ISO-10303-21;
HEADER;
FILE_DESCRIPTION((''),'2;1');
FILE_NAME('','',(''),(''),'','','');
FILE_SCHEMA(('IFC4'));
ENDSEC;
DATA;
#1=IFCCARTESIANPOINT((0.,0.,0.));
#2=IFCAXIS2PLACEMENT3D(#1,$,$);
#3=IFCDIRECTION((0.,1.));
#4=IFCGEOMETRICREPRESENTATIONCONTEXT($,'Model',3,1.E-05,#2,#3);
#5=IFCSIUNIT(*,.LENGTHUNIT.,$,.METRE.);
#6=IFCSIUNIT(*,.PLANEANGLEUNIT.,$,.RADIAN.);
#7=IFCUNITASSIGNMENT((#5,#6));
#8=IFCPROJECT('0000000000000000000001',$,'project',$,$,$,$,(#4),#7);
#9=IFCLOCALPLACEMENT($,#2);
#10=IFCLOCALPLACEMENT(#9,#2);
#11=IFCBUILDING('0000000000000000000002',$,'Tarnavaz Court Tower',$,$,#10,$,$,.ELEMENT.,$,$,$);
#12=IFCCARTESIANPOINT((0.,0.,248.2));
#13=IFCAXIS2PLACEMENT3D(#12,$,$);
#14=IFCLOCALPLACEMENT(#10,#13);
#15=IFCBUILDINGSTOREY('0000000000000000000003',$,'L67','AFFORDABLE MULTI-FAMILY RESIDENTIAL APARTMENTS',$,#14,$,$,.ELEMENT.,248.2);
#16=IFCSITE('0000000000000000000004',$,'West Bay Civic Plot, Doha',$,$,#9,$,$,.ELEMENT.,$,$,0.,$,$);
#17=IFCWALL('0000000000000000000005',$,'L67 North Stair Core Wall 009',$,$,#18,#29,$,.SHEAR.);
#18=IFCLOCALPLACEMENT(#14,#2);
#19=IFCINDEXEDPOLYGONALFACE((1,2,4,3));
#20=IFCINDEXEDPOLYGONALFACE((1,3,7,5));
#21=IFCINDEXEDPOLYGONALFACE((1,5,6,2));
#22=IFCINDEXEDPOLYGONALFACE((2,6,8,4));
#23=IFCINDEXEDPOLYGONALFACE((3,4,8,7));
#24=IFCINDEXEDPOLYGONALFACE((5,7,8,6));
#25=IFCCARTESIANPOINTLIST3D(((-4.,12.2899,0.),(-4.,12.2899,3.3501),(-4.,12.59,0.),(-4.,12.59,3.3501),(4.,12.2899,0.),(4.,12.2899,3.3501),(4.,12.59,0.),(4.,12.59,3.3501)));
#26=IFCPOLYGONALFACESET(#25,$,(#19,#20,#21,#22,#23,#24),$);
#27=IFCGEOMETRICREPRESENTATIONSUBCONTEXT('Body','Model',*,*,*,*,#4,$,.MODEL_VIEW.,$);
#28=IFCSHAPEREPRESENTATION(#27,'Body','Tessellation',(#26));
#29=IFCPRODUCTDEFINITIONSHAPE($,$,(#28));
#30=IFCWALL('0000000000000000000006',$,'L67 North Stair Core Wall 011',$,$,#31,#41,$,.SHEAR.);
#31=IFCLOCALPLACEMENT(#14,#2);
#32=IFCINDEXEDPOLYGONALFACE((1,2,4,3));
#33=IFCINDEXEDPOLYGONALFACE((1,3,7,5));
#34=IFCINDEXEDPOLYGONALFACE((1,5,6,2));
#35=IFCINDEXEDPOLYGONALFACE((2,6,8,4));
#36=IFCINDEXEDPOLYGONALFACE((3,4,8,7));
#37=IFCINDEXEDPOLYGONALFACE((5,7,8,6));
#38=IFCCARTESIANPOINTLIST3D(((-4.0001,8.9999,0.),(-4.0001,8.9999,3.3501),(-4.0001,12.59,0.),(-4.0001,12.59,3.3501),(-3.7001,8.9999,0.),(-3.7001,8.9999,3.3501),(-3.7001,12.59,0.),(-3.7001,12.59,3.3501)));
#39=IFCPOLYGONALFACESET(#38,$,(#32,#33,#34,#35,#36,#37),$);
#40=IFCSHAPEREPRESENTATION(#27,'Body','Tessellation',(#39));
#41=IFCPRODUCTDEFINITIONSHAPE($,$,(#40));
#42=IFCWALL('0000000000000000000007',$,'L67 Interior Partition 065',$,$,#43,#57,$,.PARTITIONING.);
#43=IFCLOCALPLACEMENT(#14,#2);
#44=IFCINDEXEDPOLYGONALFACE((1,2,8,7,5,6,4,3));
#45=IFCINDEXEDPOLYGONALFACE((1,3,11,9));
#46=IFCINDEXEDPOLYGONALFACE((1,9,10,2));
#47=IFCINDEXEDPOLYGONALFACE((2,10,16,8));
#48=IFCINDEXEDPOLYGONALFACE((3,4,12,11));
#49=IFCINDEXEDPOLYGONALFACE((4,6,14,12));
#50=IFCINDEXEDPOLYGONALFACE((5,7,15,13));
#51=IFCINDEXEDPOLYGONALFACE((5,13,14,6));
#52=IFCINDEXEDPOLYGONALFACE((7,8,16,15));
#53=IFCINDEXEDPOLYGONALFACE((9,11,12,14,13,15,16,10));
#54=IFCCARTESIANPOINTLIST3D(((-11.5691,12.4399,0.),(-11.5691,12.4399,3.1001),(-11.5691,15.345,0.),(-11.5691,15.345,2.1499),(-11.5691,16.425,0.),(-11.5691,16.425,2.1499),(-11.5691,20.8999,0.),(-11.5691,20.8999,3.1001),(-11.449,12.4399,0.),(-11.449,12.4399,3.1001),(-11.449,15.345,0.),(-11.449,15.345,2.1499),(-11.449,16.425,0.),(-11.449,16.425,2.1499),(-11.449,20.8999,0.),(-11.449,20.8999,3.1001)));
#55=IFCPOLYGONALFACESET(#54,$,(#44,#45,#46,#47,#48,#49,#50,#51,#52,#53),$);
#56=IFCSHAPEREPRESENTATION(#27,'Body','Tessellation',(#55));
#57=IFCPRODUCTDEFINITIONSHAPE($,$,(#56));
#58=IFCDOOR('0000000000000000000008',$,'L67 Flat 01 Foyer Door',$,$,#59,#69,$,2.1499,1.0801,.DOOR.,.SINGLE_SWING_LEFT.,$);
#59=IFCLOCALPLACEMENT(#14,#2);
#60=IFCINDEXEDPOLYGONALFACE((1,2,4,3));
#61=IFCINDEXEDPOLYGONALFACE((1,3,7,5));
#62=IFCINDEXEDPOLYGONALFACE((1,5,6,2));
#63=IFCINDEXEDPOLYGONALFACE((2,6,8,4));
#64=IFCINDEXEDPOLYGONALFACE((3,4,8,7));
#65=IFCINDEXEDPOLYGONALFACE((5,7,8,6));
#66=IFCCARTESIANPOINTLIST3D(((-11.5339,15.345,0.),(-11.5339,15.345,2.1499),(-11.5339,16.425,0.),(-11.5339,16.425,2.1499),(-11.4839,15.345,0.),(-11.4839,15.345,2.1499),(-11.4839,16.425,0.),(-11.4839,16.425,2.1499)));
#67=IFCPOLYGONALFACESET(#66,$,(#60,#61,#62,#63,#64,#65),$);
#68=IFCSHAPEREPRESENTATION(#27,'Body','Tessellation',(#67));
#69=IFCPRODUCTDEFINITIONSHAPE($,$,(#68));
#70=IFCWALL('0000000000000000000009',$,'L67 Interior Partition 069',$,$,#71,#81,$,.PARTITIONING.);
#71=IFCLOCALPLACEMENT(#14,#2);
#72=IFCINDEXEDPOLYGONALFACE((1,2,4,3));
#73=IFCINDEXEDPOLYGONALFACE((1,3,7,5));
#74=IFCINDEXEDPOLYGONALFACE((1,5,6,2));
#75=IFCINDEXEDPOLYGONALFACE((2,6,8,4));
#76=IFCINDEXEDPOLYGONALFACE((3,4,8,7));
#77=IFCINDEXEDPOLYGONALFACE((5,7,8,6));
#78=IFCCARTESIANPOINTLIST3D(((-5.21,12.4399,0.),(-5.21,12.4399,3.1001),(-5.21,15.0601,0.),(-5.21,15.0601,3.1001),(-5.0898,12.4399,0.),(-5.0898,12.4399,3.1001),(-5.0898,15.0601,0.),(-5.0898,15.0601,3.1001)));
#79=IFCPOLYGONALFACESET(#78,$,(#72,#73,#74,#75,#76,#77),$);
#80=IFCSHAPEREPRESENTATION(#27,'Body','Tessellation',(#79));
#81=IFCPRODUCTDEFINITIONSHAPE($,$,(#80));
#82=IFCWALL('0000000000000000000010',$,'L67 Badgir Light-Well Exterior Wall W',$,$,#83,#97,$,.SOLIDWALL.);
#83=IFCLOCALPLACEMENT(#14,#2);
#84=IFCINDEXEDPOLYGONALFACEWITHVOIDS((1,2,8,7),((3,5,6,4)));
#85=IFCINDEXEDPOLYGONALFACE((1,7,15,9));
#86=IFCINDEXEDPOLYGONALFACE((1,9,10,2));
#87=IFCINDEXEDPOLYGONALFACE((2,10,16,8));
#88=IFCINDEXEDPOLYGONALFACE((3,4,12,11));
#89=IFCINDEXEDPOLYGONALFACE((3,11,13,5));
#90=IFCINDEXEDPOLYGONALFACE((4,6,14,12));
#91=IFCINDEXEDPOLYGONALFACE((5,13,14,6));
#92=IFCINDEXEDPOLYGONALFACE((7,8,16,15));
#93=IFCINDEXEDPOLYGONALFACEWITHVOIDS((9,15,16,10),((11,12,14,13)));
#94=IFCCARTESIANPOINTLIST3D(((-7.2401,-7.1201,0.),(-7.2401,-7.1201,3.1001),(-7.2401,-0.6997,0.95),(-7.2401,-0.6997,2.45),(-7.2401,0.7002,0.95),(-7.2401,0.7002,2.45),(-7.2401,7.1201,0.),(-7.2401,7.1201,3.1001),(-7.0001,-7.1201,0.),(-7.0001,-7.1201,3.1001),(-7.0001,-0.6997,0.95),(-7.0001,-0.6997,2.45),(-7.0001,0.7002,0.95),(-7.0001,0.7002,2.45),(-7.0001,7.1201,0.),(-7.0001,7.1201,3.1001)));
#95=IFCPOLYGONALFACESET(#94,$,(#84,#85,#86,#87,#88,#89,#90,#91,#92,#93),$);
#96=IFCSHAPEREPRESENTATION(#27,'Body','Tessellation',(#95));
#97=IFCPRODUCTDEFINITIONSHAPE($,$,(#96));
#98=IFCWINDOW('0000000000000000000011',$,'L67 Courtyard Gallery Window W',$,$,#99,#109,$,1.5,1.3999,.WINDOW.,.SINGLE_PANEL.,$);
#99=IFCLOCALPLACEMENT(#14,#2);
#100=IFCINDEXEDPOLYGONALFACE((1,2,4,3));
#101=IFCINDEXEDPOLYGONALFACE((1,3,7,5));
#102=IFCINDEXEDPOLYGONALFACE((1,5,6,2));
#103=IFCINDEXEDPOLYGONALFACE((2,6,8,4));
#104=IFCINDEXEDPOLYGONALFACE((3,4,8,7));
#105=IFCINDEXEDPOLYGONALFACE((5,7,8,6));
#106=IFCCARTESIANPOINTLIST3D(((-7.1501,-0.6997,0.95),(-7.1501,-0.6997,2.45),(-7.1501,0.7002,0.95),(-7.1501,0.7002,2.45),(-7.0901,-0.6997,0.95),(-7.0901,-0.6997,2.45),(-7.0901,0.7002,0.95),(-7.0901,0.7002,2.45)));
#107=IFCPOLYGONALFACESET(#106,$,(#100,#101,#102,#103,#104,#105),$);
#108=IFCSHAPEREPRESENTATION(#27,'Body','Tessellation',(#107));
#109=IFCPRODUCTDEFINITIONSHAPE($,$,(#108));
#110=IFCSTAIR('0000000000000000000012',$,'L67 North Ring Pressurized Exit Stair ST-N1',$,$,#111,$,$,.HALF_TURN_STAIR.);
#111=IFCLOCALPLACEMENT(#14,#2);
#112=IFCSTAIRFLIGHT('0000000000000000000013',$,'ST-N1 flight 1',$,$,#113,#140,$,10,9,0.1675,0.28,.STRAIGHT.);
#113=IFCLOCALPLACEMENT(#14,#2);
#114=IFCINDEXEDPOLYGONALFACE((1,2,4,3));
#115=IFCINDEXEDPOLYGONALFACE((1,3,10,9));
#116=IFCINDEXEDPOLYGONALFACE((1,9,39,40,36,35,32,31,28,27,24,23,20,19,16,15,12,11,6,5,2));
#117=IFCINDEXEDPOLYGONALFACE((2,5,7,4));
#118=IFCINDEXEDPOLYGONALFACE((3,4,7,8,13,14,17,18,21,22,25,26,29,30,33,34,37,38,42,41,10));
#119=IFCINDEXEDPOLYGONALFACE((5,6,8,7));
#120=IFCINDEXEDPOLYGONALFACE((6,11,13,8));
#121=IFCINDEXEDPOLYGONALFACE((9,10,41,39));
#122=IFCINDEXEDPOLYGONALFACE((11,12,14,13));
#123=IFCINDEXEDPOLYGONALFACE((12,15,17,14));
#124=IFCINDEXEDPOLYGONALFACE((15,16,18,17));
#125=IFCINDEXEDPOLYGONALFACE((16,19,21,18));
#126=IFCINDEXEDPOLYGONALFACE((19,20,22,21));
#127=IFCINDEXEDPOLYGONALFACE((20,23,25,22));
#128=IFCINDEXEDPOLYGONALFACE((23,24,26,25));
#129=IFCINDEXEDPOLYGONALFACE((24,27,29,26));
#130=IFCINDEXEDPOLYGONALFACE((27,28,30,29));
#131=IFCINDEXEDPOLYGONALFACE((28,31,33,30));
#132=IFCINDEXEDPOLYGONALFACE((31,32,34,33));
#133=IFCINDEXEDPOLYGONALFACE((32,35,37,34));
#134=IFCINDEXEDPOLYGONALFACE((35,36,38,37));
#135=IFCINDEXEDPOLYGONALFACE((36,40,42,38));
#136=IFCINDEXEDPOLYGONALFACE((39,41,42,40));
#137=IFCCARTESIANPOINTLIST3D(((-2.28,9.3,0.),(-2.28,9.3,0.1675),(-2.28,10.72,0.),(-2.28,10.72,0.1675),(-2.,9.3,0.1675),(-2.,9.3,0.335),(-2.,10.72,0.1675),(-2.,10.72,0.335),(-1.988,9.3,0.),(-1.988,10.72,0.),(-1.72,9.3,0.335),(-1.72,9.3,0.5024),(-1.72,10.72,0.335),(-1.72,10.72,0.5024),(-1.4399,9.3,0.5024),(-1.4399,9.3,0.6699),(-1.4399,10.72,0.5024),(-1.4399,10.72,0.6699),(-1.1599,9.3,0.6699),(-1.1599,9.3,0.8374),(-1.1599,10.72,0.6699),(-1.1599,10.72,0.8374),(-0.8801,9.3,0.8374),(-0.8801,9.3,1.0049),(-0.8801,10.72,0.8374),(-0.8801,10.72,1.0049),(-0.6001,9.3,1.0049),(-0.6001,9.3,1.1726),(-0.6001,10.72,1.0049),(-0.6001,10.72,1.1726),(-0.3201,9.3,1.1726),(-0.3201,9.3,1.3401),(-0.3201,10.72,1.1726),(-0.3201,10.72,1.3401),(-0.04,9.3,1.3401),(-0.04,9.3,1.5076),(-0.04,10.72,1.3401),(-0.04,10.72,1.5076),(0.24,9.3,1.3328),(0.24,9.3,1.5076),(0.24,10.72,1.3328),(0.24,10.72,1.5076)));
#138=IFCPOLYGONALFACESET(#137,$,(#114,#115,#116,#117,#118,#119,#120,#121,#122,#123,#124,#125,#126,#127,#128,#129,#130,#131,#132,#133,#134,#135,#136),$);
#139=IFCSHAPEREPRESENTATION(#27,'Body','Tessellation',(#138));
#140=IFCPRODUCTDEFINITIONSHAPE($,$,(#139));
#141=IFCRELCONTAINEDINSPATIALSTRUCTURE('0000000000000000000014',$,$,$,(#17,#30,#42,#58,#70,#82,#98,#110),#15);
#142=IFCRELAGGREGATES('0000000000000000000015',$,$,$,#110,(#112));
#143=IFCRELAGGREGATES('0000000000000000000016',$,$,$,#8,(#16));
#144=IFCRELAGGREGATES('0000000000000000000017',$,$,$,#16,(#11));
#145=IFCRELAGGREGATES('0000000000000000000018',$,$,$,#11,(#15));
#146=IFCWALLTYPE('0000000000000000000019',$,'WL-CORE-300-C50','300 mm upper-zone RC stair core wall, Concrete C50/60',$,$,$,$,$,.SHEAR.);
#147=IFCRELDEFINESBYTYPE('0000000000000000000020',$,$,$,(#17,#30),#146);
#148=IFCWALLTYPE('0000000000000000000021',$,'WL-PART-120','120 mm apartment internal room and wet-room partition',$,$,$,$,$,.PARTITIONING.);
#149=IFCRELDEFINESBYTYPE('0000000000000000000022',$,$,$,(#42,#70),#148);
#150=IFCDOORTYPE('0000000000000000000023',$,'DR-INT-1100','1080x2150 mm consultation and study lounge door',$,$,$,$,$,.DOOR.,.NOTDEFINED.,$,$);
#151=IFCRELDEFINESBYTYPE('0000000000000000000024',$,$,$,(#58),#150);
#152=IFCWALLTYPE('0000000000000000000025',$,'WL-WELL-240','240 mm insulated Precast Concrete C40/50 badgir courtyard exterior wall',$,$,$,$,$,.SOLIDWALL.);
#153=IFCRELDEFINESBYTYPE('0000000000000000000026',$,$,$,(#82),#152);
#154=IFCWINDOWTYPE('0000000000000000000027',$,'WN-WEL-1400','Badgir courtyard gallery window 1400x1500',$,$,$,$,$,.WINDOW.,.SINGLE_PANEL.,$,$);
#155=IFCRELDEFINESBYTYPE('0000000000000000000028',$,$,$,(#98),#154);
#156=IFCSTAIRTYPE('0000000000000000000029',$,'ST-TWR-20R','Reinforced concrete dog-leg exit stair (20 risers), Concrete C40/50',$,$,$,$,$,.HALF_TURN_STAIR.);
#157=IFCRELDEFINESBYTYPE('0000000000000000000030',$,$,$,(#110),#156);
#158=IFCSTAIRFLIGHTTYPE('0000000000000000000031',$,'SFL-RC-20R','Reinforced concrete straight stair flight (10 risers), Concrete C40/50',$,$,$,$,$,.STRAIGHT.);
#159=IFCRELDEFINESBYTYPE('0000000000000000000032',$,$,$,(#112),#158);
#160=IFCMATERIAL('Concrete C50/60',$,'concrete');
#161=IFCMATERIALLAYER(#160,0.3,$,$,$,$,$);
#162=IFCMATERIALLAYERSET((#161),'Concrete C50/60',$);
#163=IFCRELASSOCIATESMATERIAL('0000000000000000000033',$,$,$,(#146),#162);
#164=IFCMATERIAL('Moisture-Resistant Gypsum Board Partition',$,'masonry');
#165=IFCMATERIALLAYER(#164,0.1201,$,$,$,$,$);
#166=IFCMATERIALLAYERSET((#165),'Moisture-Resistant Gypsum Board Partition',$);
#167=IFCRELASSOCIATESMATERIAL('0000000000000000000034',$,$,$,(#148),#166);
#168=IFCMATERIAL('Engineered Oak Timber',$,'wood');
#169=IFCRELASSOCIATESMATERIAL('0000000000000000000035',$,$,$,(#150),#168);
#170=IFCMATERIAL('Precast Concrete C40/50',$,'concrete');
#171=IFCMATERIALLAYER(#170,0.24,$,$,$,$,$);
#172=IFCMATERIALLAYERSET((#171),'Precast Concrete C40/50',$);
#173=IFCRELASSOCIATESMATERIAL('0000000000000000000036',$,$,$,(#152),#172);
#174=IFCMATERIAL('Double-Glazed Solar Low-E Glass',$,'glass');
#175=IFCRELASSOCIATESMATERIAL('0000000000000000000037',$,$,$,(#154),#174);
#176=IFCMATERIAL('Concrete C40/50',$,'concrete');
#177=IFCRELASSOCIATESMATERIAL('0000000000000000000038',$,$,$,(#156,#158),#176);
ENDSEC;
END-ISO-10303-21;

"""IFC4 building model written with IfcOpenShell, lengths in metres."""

from ifc_helpers import new_model, si_unit, direction, frame, frame_2d, origin, place, context, subcontext, project, spatial, polyline, rectangle, outline, extrude, material, layer, layer_set, type_object, element, fill, aggregate, save


model = new_model("IFC4")

# Units and contexts
model_context = context("Model", 3, precision=1e-05, world=origin(), true_north=direction((0.0, 1.0)))
body_context = subcontext(model_context, "Body", "Model", "MODEL_VIEW")
ifc_project = project(units=[si_unit("LENGTHUNIT", "METRE"), si_unit("PLANEANGLEUNIT", "RADIAN")], contexts=[model_context])

# Site, building, storey
site_placement = place(None, origin())
site = spatial("IfcSite", under=ifc_project, at=site_placement, Name="West Bay Civic Plot, Doha", CompositionType="ELEMENT", RefElevation=0.0)
building_placement = place(site_placement, origin())
building = spatial("IfcBuilding", under=site, at=building_placement, Name="Tarnavaz Court Tower", CompositionType="ELEMENT")
storey_placement = place(building_placement, frame((0.0, 0.0, 248.2)))
storey = spatial("IfcBuildingStorey", under=building, at=storey_placement, Name="L67", Description="AFFORDABLE MULTI-FAMILY RESIDENTIAL APARTMENTS", CompositionType="ELEMENT", Elevation=248.2)

# Shared definitions
ifc_material_1 = material(Name="Concrete C50/60", Category="concrete")

# Wall
ifc_layer_1 = layer(ifc_material_1, 0.3)
ifc_layer_set_1 = layer_set([ifc_layer_1], Name="Concrete C50/60")
wall_type_1 = type_object("IfcWallType", Name="WL-CORE-300-C50", Description="300 mm upper-zone RC stair core wall, Concrete C50/60", PredefinedType="SHEAR", material=ifc_layer_set_1)
wall_1_placement = place(storey_placement, frame((-4.0, 12.4399, 0.0), z_axis=(0.0, 0.0, 1.0), x_axis=(1.0, 0.0, 0.0)))
element("IfcWall", 1, at=wall_1_placement, inside=storey, type_object=wall_type_1, Name="L67 North Stair Core Wall 009", PredefinedType="SHEAR", context=body_context, shape_type="SweptSolid", body=[
    extrude(rectangle(XDim=8.0, YDim=0.3, at=frame_2d((4.0, 0.0))), origin(), (0.0, 0.0, 1.0), 3.3501),
])

# Wall
wall_2_placement = place(storey_placement, frame((-3.8501, 9.0, 0.0), z_axis=(0.0, 0.0, 1.0), x_axis=(0.0, 1.0, 0.0)))
element("IfcWall", 2, at=wall_2_placement, inside=storey, type_object=wall_type_1, Name="L67 North Stair Core Wall 011", PredefinedType="SHEAR", context=body_context, shape_type="SweptSolid", body=[
    extrude(rectangle(XDim=3.5901, YDim=0.3, at=frame_2d((1.7949, 0.0))), origin(), (0.0, 0.0, 1.0), 3.3501),
])

# Wall, opening, door
ifc_material_2 = material(Name="Moisture-Resistant Gypsum Board Partition", Category="masonry")
ifc_layer_2 = layer(ifc_material_2, 0.1201)
ifc_layer_set_2 = layer_set([ifc_layer_2], Name="Moisture-Resistant Gypsum Board Partition")
wall_type_2 = type_object("IfcWallType", Name="WL-PART-120", Description="120 mm apartment internal room and wet-room partition", PredefinedType="PARTITIONING", material=ifc_layer_set_2)
wall_3_placement = place(storey_placement, frame((-11.509, 12.4399, 0.0), z_axis=(0.0, 0.0, 1.0), x_axis=(0.0, 1.0, 0.0)))
wall_3 = element("IfcWall", 3, at=wall_3_placement, inside=storey, type_object=wall_type_2, Name="L67 Interior Partition 065", PredefinedType="PARTITIONING", context=body_context, shape_type="SweptSolid", body=[
    extrude(rectangle(XDim=8.46, YDim=0.1201, at=frame_2d((4.23, 0.0))), origin(), (0.0, 0.0, 1.0), 3.1001),
])
opening_1_placement = place(wall_3_placement, frame((2.905, 0.0, 0.0)))
opening_1 = element("IfcOpeningElement", 4, at=opening_1_placement, cuts=wall_3, PredefinedType="OPENING", context=body_context, shape_type="SweptSolid", body=[
    extrude(rectangle(XDim=1.0801, YDim=2.1499, at=frame_2d((0.54, 1.075))), frame((0.0, 0.0701, 0.0), z_axis=(0.0, -1.0, 0.0), x_axis=(1.0, 0.0, 0.0)), (0.0, 0.0, 1.0), 0.1401),
])
ifc_material_3 = material(Name="Engineered Oak Timber", Category="wood")
door_type_1 = type_object("IfcDoorType", Name="DR-INT-1100", Description="1080x2150 mm consultation and study lounge door", OperationType="NOTDEFINED", PredefinedType="DOOR", material=ifc_material_3)
door_1_placement = place(opening_1_placement, origin())
door_1 = element("IfcDoor", 5, at=door_1_placement, inside=storey, type_object=door_type_1, Name="L67 Flat 01 Foyer Door", OperationType="SINGLE_SWING_LEFT", OverallHeight=2.1499, OverallWidth=1.0801, PredefinedType="DOOR", context=body_context, shape_type="SweptSolid", body=[
    extrude(rectangle(XDim=1.0801, YDim=2.1499, at=frame_2d((0.54, 1.075))), frame((0.0, 0.0249, 0.0), z_axis=(0.0, -1.0, 0.0), x_axis=(1.0, 0.0, 0.0)), (0.0, 0.0, 1.0), 0.05),
])
fill(opening_1, door_1)

# Wall
wall_4_placement = place(storey_placement, frame((-5.1499, 12.4399, 0.0), z_axis=(0.0, 0.0, 1.0), x_axis=(0.0, 1.0, 0.0)))
element("IfcWall", 6, at=wall_4_placement, inside=storey, type_object=wall_type_2, Name="L67 Interior Partition 069", PredefinedType="PARTITIONING", context=body_context, shape_type="SweptSolid", body=[
    extrude(rectangle(XDim=2.6201, YDim=0.1201, at=frame_2d((1.3101, 0.0))), origin(), (0.0, 0.0, 1.0), 3.1001),
])

# Wall, opening, window
ifc_material_4 = material(Name="Precast Concrete C40/50", Category="concrete")
ifc_layer_3 = layer(ifc_material_4, 0.24)
ifc_layer_set_3 = layer_set([ifc_layer_3], Name="Precast Concrete C40/50")
wall_type_3 = type_object("IfcWallType", Name="WL-WELL-240", Description="240 mm insulated Precast Concrete C40/50 badgir courtyard exterior wall", PredefinedType="SOLIDWALL", material=ifc_layer_set_3)
wall_5_placement = place(storey_placement, frame((-7.1201, 7.1201, 0.0), z_axis=(0.0, 0.0, 1.0), x_axis=(0.0, -1.0, 0.0)))
wall_5 = element("IfcWall", 7, at=wall_5_placement, inside=storey, type_object=wall_type_3, Name="L67 Badgir Light-Well Exterior Wall W", PredefinedType="SOLIDWALL", context=body_context, shape_type="SweptSolid", body=[
    extrude(rectangle(XDim=14.2402, YDim=0.24, at=frame_2d((7.1201, 0.0))), origin(), (0.0, 0.0, 1.0), 3.1001),
])
opening_2_placement = place(wall_5_placement, frame((6.4199, 0.0, 0.95)))
opening_2 = element("IfcOpeningElement", 8, at=opening_2_placement, cuts=wall_5, PredefinedType="OPENING", context=body_context, shape_type="SweptSolid", body=[
    extrude(rectangle(XDim=1.3999, YDim=1.5, at=frame_2d((0.7, 0.75))), frame((0.0, 0.1299, 0.0), z_axis=(0.0, -1.0, 0.0), x_axis=(1.0, 0.0, 0.0)), (0.0, 0.0, 1.0), 0.26),
])
ifc_material_5 = material(Name="Double-Glazed Solar Low-E Glass", Category="glass")
window_type = type_object("IfcWindowType", Name="WN-WEL-1400", Description="Badgir courtyard gallery window 1400x1500", PartitioningType="SINGLE_PANEL", PredefinedType="WINDOW", material=ifc_material_5)
window_placement = place(opening_2_placement, origin())
window = element("IfcWindow", 9, at=window_placement, inside=storey, type_object=window_type, Name="L67 Courtyard Gallery Window W", OverallHeight=1.5, OverallWidth=1.3999, PartitioningType="SINGLE_PANEL", PredefinedType="WINDOW", context=body_context, shape_type="SweptSolid", body=[
    extrude(rectangle(XDim=1.3999, YDim=1.5, at=frame_2d((0.7, 0.75))), frame((0.0, 0.03, 0.0), z_axis=(0.0, -1.0, 0.0), x_axis=(1.0, 0.0, 0.0)), (0.0, 0.0, 1.0), 0.0601),
])
fill(opening_2, window)

# Stair, stair flight
ifc_material_6 = material(Name="Concrete C40/50", Category="concrete")
stair_type = type_object("IfcStairType", Name="ST-TWR-20R", Description="Reinforced concrete dog-leg exit stair (20 risers), Concrete C40/50", PredefinedType="HALF_TURN_STAIR", material=ifc_material_6)
stair_placement = place(storey_placement, origin())
stair = element("IfcStair", 10, at=stair_placement, inside=storey, type_object=stair_type, Name="L67 North Ring Pressurized Exit Stair ST-N1", PredefinedType="HALF_TURN_STAIR")
stair_flight_type = type_object("IfcStairFlightType", Name="SFL-RC-20R", Description="Reinforced concrete straight stair flight (10 risers), Concrete C40/50", PredefinedType="STRAIGHT", material=ifc_material_6)
stair_flight_placement = place(storey_placement, frame((-2.28, 10.01, 0.0), z_axis=(0.0, 0.0, 1.0), x_axis=(1.0, 0.0, 0.0)))
stair_flight = element("IfcStairFlight", 11, at=stair_flight_placement, type_object=stair_flight_type, Name="ST-N1 flight 1", NumberOfRisers=10, NumberOfTreads=9, PredefinedType="STRAIGHT", RiserHeight=0.1675, TreadLength=0.28, context=body_context, shape_type="SweptSolid", body=[
    extrude(outline(polyline([(0.0, 0.0), (0.0, 0.1675), (0.28, 0.1675), (0.28, 0.335), (0.5601, 0.335), (0.5601, 0.5024), (0.8401, 0.5024), (0.8401, 0.6699), (1.1201, 0.6699), (1.1201, 0.8374), (1.3999, 0.8374), (1.3999, 1.0049), (1.6799, 1.0049), (1.6799, 1.1726), (1.96, 1.1726), (1.96, 1.3401), (2.24, 1.3401), (2.24, 1.5076), (2.52, 1.5076), (2.52, 1.675), (2.52, 1.3328), (0.292, 0.0), (0.0, 0.0)])), frame((0.0, 0.71, 0.0), z_axis=(0.0, -1.0, 0.0), x_axis=(1.0, 0.0, 0.0)), (0.0, 0.0, 1.0), 1.4199),
])
aggregate(stair, [stair_flight])

save(model, "model.ifc")
